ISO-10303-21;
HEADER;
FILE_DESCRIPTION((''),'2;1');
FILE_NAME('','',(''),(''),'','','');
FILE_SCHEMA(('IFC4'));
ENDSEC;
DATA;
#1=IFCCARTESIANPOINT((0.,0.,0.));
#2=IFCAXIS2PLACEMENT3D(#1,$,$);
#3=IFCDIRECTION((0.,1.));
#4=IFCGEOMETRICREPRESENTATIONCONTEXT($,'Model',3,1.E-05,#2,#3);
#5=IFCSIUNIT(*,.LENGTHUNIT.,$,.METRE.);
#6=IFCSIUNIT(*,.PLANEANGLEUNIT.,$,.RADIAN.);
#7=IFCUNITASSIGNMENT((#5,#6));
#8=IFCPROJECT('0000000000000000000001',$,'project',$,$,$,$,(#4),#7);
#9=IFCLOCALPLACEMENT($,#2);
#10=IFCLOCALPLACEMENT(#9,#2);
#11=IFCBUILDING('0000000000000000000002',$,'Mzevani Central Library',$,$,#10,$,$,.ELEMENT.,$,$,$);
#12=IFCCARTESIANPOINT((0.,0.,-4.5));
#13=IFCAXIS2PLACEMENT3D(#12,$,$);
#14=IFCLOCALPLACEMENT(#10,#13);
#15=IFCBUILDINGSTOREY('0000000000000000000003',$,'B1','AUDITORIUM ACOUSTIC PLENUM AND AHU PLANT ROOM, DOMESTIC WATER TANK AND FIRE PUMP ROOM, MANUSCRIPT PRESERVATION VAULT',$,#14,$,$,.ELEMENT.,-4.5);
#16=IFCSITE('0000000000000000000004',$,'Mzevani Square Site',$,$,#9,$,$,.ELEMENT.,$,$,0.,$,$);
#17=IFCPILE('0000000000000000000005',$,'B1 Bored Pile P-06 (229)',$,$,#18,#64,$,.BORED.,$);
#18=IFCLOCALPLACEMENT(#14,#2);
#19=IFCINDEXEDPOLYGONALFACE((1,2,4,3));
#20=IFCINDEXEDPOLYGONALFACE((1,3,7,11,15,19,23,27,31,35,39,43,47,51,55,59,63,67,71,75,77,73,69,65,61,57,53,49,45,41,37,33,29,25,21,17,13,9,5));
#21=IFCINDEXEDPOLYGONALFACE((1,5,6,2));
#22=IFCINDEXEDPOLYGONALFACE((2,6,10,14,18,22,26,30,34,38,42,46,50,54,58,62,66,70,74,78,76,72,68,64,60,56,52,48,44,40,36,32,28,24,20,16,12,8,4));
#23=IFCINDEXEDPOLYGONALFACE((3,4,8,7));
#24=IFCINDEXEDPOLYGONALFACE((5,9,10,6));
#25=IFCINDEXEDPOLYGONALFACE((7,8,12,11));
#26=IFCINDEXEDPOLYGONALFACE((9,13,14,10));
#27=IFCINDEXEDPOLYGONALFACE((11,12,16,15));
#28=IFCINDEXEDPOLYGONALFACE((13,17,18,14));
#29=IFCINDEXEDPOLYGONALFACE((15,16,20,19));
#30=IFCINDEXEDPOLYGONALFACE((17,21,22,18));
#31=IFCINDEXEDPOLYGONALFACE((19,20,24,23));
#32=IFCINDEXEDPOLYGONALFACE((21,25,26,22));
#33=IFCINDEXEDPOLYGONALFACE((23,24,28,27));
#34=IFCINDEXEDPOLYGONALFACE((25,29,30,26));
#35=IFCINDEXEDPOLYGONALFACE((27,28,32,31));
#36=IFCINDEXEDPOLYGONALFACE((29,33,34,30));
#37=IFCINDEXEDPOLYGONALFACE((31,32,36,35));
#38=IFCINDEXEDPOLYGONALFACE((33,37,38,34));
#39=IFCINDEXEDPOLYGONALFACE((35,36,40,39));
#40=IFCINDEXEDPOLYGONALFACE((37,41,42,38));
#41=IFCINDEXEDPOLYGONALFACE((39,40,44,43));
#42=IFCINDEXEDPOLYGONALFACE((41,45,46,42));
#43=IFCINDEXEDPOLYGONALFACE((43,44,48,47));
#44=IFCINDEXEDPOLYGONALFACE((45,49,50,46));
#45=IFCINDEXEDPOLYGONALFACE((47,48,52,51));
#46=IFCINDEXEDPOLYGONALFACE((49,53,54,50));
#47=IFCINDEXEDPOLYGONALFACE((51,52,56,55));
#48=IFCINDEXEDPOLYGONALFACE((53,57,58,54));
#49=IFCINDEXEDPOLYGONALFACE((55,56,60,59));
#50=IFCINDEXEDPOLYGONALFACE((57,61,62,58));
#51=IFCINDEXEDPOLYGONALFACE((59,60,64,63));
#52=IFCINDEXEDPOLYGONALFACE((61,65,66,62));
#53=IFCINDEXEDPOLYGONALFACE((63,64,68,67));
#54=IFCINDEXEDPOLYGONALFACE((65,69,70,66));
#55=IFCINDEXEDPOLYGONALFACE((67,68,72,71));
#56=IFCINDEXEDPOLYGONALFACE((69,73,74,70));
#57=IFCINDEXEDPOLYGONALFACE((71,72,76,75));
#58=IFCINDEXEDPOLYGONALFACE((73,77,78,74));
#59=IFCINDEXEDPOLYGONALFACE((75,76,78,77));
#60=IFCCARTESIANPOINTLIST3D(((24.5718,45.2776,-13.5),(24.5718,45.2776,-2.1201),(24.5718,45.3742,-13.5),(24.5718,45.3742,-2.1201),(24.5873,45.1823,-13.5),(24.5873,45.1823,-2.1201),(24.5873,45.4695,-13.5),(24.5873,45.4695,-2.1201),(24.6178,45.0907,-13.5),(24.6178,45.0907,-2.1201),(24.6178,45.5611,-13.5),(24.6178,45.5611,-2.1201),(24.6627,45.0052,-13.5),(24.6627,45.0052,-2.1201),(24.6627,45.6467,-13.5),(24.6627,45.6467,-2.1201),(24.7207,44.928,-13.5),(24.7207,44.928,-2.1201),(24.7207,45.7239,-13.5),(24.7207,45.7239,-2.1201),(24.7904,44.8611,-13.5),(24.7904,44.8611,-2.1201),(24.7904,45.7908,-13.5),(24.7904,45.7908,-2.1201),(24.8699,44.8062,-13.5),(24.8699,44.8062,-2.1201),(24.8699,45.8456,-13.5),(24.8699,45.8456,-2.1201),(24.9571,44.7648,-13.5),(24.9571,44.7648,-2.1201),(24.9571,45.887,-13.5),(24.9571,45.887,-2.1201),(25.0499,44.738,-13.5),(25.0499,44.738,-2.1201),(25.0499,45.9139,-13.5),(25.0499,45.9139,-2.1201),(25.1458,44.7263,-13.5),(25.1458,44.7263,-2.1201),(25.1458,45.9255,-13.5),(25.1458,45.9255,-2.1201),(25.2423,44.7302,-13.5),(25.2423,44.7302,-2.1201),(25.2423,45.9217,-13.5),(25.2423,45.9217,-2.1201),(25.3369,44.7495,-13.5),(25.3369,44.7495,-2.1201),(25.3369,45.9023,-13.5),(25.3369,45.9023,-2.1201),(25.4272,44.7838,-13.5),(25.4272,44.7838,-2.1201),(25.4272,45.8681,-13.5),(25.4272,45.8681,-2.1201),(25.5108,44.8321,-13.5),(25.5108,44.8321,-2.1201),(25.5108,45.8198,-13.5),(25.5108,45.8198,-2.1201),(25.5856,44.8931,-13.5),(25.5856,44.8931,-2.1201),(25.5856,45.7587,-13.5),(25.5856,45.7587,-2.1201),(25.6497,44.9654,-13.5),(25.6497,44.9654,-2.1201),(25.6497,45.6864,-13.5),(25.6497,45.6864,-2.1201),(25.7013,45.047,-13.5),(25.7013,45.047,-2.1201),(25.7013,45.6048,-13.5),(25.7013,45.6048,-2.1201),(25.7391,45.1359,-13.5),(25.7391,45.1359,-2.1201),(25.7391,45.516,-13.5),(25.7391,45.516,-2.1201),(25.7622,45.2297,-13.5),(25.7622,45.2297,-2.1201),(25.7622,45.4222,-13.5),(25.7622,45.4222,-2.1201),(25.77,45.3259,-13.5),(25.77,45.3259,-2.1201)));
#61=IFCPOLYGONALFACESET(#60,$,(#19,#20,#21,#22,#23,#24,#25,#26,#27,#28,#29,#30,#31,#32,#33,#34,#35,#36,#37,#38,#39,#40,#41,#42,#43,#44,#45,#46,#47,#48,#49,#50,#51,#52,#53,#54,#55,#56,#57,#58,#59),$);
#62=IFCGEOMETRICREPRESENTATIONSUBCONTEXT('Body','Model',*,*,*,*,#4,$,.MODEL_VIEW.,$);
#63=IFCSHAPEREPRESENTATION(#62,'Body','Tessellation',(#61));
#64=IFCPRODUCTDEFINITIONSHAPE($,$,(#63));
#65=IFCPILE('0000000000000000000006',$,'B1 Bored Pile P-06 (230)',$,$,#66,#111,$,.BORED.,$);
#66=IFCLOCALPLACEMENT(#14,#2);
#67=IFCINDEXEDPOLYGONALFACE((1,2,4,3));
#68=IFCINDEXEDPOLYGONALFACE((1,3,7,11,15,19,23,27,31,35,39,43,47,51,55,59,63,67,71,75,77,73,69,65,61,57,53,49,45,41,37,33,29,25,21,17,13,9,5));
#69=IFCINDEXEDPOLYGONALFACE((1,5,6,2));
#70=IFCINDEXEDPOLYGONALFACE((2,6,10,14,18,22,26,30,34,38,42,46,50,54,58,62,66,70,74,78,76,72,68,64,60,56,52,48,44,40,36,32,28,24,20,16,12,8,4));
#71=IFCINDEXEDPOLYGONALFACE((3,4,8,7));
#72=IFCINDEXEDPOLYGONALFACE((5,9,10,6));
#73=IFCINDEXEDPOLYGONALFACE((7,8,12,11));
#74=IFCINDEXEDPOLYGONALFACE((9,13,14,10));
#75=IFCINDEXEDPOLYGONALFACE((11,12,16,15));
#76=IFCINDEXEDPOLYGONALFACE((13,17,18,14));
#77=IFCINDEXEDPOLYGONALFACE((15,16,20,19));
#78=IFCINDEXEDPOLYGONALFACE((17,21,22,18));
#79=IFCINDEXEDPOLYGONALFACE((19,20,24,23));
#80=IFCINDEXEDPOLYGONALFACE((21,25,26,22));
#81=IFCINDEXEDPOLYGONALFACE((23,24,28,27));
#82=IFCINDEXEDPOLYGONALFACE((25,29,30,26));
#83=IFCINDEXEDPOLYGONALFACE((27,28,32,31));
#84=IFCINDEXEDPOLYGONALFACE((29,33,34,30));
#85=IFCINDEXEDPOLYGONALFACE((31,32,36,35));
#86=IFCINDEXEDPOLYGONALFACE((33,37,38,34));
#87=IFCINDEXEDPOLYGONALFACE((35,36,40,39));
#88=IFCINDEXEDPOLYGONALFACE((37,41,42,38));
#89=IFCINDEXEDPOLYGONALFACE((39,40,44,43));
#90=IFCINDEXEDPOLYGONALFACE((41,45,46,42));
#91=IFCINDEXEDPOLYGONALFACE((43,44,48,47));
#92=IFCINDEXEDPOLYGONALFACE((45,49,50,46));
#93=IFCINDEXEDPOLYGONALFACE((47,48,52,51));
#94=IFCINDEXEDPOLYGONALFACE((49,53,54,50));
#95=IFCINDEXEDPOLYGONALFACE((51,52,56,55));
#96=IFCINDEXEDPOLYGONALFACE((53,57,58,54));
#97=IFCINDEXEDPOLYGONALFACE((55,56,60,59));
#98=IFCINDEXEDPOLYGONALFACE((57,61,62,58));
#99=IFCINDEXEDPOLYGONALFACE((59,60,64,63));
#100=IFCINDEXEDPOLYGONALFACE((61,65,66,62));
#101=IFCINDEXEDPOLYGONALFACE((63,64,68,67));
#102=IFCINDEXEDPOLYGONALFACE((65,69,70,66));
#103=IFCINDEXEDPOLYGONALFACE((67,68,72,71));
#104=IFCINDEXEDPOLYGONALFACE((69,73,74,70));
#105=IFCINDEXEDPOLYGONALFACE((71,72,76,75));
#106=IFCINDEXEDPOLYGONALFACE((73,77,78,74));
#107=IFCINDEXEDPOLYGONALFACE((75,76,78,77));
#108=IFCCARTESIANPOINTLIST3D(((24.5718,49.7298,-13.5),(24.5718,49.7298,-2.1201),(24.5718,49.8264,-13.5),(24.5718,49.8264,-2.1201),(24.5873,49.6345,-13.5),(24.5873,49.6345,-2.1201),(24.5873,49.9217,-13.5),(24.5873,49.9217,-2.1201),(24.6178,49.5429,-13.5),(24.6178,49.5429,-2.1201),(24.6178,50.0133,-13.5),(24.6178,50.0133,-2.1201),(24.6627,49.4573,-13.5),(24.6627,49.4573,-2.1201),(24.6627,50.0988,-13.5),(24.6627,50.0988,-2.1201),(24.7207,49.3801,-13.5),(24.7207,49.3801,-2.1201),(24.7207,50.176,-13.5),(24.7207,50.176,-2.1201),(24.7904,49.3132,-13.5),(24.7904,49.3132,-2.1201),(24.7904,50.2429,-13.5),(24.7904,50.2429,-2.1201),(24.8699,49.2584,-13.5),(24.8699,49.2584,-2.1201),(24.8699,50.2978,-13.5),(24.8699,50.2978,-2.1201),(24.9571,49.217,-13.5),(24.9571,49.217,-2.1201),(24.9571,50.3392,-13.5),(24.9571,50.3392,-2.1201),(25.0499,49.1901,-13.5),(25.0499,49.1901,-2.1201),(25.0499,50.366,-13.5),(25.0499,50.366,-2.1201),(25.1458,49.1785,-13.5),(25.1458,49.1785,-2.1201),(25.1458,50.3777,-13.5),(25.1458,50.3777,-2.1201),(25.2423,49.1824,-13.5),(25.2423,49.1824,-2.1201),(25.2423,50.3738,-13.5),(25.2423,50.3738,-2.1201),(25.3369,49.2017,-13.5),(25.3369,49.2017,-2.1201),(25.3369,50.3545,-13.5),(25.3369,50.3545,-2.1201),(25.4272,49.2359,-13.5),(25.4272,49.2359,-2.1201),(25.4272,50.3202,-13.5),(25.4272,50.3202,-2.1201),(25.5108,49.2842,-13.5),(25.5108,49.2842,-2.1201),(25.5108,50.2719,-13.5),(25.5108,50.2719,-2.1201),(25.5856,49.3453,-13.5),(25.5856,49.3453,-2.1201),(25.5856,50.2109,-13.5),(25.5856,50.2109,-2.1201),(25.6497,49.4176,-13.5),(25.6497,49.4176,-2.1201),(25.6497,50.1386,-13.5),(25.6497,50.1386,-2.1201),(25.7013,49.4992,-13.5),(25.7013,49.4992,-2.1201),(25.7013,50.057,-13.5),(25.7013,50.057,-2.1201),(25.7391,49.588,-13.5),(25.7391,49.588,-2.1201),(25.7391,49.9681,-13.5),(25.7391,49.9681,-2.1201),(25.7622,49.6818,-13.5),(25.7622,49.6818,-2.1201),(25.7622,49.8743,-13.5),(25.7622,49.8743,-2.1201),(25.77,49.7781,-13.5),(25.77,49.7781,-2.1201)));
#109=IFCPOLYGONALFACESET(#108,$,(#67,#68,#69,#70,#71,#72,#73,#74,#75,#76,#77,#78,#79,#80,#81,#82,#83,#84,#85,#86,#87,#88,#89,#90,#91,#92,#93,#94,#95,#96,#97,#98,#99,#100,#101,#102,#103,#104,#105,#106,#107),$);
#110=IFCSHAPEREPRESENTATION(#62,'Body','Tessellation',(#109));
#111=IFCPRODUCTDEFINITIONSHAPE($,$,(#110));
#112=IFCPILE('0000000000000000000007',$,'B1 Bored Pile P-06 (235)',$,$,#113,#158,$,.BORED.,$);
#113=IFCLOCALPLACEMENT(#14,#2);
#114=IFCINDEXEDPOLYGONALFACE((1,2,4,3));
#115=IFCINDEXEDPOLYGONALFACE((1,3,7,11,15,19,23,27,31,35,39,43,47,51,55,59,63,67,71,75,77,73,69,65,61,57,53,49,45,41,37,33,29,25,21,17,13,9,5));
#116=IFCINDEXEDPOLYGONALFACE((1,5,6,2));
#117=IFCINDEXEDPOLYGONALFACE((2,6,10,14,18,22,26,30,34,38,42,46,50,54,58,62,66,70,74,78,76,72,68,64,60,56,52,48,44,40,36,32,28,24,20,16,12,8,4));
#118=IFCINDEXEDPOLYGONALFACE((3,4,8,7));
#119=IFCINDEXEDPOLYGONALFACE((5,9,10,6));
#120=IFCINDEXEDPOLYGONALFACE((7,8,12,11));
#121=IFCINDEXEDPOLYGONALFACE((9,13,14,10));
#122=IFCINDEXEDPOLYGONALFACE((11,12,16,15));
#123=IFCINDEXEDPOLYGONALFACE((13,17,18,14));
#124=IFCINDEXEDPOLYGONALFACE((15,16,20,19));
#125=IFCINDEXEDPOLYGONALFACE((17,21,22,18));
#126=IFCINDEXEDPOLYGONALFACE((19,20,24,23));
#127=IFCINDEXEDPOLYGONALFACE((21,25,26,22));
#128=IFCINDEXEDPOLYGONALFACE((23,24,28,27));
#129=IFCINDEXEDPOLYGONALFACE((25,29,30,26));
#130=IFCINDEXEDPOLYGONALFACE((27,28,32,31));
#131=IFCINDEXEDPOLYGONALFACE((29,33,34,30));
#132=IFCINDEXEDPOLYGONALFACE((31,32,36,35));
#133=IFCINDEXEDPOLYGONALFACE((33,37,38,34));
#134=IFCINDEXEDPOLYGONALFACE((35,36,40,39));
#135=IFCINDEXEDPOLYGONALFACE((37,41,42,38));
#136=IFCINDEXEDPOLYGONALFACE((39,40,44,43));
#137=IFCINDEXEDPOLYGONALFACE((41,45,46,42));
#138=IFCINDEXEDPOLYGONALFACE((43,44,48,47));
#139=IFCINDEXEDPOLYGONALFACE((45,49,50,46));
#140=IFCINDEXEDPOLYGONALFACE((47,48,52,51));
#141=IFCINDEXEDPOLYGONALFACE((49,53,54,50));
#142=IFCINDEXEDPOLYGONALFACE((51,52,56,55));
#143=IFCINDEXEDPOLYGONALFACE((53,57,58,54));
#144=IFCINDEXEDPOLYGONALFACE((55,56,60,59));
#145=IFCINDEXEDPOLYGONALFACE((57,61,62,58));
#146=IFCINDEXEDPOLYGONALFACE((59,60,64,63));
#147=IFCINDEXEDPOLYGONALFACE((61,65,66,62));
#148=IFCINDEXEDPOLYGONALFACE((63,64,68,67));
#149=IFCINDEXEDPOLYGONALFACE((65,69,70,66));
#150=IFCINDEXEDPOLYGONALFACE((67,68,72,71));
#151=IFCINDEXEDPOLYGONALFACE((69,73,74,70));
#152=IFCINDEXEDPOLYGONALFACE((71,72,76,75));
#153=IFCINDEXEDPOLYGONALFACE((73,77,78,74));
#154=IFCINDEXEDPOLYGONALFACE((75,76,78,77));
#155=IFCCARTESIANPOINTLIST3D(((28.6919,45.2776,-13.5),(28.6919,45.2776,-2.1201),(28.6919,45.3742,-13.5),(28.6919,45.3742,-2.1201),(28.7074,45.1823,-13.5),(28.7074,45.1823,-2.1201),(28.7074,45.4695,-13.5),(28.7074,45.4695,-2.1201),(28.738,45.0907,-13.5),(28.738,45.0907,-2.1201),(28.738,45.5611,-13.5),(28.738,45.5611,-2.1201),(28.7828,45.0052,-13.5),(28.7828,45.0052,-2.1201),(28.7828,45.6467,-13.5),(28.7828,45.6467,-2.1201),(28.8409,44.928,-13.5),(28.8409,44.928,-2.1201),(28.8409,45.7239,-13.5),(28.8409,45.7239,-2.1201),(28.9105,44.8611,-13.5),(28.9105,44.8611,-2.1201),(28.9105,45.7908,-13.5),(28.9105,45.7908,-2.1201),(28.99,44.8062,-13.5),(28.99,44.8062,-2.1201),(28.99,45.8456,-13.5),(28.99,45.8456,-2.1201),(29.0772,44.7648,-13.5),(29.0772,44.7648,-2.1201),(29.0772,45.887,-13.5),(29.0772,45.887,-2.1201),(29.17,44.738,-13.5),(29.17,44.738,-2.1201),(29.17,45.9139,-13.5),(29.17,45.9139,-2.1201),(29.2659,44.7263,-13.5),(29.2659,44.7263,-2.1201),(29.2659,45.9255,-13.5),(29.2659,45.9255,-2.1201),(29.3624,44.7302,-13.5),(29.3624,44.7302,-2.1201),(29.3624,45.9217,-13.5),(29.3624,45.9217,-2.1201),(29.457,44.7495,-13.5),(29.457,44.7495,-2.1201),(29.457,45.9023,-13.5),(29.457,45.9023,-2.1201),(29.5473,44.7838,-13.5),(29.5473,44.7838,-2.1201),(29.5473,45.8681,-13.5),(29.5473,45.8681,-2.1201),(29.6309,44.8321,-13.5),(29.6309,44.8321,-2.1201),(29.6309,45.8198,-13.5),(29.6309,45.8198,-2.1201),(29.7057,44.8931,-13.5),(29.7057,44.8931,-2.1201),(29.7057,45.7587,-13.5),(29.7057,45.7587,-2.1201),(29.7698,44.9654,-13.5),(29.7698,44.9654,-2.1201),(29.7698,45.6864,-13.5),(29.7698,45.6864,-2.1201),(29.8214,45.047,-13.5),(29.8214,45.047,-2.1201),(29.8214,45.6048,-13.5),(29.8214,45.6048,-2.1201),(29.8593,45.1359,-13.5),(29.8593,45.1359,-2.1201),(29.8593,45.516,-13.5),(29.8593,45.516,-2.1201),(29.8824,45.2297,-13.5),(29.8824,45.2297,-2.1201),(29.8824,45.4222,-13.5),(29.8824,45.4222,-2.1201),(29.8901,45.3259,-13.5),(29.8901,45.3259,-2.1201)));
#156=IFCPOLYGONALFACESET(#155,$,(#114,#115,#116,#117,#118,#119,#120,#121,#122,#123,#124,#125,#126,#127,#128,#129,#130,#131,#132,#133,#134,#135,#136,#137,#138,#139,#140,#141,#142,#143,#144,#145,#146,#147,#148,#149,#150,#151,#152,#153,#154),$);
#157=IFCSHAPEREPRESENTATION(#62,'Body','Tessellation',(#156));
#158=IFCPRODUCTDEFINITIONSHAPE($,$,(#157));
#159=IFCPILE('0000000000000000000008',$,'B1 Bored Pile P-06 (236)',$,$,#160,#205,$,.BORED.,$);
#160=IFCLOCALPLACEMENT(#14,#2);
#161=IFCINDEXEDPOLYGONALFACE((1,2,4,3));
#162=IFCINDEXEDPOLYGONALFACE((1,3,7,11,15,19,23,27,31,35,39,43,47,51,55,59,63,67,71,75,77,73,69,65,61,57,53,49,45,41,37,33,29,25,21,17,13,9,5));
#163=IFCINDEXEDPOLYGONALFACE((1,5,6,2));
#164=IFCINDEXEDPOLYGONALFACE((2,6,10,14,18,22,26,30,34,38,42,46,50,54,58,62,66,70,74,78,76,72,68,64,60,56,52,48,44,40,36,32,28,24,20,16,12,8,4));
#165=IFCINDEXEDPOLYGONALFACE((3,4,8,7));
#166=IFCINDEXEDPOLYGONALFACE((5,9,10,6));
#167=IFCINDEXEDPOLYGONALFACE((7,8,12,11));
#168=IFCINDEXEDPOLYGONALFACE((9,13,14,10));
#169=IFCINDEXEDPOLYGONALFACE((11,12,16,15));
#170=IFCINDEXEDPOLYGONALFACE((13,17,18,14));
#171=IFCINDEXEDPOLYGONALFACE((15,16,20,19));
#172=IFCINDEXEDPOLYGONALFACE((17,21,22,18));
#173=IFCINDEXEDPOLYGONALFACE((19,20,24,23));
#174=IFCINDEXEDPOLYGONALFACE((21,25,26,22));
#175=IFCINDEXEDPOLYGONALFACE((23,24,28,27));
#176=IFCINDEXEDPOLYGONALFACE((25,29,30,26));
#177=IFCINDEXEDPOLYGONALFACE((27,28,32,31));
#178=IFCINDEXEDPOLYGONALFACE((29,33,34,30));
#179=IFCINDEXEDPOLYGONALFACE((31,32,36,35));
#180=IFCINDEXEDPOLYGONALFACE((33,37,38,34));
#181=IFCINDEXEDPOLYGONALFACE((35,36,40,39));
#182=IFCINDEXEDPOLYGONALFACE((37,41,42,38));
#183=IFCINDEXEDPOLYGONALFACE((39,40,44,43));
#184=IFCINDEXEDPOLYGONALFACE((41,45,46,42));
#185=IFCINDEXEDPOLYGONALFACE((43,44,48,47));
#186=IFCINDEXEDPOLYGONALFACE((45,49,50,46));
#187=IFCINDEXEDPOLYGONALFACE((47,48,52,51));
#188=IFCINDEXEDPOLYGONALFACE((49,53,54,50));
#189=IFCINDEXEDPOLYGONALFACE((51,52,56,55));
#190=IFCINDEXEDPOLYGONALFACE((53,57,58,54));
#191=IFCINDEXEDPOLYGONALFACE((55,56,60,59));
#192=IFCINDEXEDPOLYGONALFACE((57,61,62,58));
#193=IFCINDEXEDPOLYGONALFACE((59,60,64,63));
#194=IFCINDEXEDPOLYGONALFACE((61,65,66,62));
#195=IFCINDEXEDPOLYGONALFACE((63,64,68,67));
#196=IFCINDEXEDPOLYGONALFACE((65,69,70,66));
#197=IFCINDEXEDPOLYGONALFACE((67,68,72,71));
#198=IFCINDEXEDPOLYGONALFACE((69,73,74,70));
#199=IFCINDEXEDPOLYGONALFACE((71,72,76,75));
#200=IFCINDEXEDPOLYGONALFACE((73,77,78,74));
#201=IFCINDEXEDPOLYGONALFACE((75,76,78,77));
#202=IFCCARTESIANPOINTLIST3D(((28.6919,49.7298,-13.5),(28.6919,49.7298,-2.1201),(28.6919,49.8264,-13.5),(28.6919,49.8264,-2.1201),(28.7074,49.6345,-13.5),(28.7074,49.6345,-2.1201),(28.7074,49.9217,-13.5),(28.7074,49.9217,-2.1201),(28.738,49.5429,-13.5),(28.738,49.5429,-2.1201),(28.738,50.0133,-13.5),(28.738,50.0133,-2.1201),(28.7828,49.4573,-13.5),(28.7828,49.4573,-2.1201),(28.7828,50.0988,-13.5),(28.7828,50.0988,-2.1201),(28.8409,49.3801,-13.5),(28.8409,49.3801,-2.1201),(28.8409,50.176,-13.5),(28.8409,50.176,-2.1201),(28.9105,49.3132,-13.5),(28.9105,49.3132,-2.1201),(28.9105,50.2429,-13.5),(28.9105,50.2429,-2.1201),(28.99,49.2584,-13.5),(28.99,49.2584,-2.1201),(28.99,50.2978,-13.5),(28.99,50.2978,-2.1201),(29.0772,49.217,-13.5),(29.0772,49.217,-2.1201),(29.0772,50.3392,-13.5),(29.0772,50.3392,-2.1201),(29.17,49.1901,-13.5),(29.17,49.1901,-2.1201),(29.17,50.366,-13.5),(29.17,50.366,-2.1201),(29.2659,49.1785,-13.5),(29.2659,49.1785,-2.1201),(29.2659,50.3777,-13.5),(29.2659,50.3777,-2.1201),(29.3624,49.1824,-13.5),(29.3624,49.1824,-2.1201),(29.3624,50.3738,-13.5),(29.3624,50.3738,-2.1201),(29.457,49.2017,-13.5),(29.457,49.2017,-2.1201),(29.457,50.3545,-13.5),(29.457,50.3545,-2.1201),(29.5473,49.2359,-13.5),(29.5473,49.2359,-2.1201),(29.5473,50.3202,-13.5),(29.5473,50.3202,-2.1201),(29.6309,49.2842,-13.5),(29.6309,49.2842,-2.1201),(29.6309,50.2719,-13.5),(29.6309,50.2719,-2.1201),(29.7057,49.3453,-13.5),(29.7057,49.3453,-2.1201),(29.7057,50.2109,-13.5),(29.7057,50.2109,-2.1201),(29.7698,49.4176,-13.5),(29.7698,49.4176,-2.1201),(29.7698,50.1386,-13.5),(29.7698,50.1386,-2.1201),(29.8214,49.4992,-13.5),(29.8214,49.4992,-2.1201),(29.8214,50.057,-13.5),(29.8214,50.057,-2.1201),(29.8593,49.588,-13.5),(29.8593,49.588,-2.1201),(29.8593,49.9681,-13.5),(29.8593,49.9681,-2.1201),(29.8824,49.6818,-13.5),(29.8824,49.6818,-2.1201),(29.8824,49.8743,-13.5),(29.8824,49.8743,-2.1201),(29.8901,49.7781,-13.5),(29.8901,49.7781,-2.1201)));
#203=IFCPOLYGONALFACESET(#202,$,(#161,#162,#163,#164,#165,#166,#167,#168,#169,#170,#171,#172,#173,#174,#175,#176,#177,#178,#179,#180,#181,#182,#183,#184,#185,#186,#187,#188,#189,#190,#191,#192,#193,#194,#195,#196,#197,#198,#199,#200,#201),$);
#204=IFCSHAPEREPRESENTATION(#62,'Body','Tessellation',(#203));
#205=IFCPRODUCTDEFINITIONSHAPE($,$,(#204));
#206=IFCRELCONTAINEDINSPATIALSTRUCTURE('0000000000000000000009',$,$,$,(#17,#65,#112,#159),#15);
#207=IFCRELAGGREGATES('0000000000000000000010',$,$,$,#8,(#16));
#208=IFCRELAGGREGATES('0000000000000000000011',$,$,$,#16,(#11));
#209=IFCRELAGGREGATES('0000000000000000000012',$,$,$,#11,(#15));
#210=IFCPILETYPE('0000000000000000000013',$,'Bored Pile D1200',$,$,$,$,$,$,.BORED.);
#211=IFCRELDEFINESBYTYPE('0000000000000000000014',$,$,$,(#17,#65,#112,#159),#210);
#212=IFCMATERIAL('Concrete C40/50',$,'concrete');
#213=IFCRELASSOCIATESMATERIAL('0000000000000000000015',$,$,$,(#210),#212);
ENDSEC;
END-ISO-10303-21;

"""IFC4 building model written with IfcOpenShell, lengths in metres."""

from ifc_helpers import new_model, si_unit, direction, frame, origin, origin_2d, place, context, subcontext, project, spatial, circle, extrude, material, material_profile, profile_set, type_object, element, save


model = new_model("IFC4")

# Units and contexts
model_context = context("Model", 3, precision=1e-05, world=origin(), true_north=direction((0.0, 1.0)))
body_context = subcontext(model_context, "Body", "Model", "MODEL_VIEW")
ifc_project = project(units=[si_unit("LENGTHUNIT", "METRE"), si_unit("PLANEANGLEUNIT", "RADIAN")], contexts=[model_context])

# Site, building, storey
site_placement = place(None, origin())
site = spatial("IfcSite", under=ifc_project, at=site_placement, Name="Mzevani Square Site", CompositionType="ELEMENT", RefElevation=0.0)
building_placement = place(site_placement, origin())
building = spatial("IfcBuilding", under=site, at=building_placement, Name="Mzevani Central Library", CompositionType="ELEMENT")
storey_placement = place(building_placement, frame((0.0, 0.0, -4.5)))
storey = spatial("IfcBuildingStorey", under=building, at=storey_placement, Name="B1", Description="AUDITORIUM ACOUSTIC PLENUM AND AHU PLANT ROOM, DOMESTIC WATER TANK AND FIRE PUMP ROOM, MANUSCRIPT PRESERVATION VAULT", CompositionType="ELEMENT", Elevation=-4.5)

# Piles
ifc_material_1 = material(Name="Concrete C40/50", Category="concrete")
ifc_material_profile_1 = material_profile(ifc_material_1, circle(Radius=0.6001, at=origin_2d()), Name="PILE D1200")
ifc_profile_set_1 = profile_set([ifc_material_profile_1], Name="Concrete C40/50")
pile_type = type_object("IfcPileType", Name="Bored Pile D1200", PredefinedType="BORED", material=ifc_profile_set_1)
for number, where, z_axis, x_axis, name in (
    (1, (25.1699, 45.3259, -2.1201), (0.0, 0.0, -1.0), (1.0, 0.0, 0.0), "B1 Bored Pile P-06 (229)"),
    (2, (25.1699, 49.7781, -2.1201), (0.0, 0.0, -1.0), (1.0, 0.0, 0.0), "B1 Bored Pile P-06 (230)"),
    (3, (29.29, 45.3259, -2.1201), (0.0, 0.0, -1.0), (1.0, 0.0, 0.0), "B1 Bored Pile P-06 (235)"),
    (4, (29.29, 49.7781, -2.1201), (0.0, 0.0, -1.0), (1.0, 0.0, 0.0), "B1 Bored Pile P-06 (236)"),
):
    element("IfcPile", number, at=place(storey_placement, frame(where, z_axis=z_axis, x_axis=x_axis)), inside=storey, type_object=pile_type, Name=name, PredefinedType="BORED", context=body_context, shape_type="SweptSolid", body=[
        extrude(circle(Radius=0.6001, at=origin_2d()), origin(), (0.0, 0.0, 1.0), 11.3799),
    ])

save(model, "model.ifc")
